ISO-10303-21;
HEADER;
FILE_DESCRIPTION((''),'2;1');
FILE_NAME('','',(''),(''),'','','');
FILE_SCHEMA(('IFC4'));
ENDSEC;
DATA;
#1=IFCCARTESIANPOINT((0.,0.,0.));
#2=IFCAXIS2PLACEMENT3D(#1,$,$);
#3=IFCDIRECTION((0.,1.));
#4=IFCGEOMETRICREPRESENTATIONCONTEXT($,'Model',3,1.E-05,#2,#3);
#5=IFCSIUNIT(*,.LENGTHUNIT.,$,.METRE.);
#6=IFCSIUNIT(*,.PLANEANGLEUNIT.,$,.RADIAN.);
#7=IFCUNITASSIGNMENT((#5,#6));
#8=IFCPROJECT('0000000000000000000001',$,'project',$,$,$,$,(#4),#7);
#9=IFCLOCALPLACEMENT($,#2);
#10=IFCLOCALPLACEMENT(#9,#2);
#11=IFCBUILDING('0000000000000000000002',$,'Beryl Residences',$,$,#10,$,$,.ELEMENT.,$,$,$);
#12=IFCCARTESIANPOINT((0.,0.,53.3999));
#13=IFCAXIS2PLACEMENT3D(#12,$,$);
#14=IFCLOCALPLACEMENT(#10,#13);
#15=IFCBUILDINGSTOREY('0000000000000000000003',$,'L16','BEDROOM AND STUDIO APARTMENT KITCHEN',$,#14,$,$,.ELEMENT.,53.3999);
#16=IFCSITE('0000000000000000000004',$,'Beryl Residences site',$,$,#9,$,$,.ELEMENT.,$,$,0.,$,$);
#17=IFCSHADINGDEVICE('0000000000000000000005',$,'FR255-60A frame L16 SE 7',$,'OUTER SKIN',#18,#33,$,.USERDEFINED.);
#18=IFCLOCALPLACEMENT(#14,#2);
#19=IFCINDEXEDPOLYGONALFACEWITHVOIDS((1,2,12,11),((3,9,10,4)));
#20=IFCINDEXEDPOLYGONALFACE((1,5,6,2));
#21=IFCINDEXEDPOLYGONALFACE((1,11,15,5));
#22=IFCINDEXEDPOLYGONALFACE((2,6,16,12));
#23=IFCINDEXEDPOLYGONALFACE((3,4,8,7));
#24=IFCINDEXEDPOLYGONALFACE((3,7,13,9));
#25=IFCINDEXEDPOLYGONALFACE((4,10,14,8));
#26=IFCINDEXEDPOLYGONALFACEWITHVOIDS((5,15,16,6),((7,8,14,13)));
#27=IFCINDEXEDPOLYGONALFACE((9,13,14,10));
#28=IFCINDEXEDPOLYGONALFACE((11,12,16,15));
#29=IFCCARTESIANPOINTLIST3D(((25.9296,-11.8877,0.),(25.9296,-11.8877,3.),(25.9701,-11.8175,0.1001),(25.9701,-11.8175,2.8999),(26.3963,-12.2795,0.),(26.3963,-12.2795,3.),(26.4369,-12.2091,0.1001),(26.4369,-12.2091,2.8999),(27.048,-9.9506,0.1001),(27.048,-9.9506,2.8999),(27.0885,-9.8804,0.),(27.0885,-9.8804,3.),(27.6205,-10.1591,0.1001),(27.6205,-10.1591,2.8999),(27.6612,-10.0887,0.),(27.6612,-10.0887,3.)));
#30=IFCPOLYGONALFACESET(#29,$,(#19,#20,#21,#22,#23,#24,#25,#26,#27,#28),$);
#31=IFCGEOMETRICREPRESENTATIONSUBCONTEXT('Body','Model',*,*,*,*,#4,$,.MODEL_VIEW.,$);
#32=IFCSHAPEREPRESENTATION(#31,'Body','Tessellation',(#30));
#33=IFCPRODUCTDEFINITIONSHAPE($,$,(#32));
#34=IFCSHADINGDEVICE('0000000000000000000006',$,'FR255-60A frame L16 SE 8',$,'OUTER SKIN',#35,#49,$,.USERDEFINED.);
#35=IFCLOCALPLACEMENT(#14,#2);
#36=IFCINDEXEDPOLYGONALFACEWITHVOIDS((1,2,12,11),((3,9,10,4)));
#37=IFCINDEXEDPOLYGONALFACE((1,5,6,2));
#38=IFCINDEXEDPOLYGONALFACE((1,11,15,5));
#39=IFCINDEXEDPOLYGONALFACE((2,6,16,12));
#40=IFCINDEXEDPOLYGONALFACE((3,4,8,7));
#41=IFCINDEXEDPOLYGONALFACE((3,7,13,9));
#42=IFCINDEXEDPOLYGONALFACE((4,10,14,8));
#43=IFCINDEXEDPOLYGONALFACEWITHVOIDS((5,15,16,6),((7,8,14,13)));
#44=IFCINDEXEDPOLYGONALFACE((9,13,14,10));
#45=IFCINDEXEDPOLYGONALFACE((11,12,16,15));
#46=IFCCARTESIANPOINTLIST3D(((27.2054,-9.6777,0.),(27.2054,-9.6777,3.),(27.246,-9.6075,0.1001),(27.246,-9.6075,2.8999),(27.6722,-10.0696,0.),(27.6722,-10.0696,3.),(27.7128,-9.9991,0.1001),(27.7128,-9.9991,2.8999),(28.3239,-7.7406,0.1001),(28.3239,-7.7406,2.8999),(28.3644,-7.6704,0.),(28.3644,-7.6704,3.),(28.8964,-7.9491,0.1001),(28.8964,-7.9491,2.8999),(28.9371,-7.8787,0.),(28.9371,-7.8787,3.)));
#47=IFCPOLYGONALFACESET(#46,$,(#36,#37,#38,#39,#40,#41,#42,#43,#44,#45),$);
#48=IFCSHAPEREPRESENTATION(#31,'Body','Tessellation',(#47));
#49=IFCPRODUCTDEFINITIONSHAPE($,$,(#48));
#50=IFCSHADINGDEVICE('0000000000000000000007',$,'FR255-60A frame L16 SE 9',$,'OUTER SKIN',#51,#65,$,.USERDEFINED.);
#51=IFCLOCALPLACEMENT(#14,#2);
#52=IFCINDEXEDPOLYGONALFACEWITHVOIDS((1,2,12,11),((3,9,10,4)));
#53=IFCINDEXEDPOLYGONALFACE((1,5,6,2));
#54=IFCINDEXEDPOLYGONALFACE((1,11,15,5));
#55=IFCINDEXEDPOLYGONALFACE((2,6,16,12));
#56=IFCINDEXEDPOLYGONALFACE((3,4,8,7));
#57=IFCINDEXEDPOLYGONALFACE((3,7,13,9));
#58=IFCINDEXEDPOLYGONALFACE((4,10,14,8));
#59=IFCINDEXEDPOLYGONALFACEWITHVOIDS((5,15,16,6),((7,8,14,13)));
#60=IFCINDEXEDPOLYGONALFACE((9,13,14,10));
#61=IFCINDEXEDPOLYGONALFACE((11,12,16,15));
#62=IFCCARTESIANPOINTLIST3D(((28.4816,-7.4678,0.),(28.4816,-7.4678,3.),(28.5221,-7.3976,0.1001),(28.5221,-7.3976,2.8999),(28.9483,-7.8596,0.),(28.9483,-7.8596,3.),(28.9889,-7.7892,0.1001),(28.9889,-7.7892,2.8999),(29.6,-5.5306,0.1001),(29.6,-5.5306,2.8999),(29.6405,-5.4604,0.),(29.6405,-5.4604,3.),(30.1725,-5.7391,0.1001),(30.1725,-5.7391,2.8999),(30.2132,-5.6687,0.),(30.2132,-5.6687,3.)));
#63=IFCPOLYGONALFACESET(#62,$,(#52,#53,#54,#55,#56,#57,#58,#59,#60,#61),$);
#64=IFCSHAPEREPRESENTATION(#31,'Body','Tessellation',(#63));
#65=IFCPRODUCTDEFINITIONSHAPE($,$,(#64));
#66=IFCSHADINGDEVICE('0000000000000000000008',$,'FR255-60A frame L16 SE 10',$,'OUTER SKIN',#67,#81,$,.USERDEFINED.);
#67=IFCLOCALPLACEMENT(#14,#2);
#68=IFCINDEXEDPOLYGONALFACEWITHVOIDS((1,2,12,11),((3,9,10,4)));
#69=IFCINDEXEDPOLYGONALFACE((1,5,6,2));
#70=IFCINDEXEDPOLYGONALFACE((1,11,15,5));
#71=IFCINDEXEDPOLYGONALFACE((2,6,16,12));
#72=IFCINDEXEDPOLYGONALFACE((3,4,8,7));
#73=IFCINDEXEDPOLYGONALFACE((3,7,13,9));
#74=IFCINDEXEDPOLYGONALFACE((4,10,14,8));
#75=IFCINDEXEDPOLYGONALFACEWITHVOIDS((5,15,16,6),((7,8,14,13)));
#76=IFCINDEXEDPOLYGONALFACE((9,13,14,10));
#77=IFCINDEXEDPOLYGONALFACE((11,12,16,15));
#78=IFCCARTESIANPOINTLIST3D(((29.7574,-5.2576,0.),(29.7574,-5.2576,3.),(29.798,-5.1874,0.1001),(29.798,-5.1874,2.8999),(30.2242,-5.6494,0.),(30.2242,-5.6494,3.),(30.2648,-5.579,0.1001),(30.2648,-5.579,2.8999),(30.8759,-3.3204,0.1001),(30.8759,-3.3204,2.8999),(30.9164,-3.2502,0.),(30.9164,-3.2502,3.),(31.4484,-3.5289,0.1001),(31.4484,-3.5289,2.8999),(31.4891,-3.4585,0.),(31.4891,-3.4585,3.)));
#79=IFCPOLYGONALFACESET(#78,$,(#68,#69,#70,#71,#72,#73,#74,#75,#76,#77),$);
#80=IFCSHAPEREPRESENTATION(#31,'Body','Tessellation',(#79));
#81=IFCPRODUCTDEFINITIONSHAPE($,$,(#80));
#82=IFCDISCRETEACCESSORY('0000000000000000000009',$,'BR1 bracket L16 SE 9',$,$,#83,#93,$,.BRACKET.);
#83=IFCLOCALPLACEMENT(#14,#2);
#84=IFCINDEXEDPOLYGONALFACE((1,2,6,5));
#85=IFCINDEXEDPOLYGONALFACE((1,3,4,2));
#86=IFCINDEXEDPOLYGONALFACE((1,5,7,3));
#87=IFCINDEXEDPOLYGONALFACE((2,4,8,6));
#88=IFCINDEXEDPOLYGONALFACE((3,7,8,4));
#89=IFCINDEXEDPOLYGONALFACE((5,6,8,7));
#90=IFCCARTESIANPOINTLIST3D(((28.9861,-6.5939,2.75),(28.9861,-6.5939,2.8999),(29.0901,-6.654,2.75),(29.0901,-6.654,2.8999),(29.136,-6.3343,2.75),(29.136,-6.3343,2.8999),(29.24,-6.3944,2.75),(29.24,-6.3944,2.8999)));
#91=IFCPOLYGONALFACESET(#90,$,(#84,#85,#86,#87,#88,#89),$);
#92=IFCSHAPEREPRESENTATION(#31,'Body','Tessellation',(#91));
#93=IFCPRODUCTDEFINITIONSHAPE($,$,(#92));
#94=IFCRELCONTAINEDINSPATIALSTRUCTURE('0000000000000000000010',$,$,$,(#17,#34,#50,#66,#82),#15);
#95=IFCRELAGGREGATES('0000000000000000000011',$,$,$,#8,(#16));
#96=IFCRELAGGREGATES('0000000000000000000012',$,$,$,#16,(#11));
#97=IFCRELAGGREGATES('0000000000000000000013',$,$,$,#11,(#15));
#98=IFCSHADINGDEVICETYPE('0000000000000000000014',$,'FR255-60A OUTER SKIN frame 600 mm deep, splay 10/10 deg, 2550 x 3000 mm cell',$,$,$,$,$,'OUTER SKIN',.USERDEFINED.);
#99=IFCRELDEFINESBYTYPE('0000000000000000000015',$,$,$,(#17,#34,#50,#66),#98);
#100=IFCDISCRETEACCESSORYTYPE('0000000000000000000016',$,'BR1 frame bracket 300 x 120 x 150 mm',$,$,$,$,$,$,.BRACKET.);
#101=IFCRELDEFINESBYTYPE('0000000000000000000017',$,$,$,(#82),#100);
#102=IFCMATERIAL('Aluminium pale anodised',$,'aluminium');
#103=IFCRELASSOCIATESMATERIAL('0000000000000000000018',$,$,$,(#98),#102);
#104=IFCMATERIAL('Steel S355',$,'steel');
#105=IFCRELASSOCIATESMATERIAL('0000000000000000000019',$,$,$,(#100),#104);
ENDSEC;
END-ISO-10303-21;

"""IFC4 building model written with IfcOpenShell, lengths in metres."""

from ifc_helpers import new_model, entity, si_unit, direction, frame, origin, place, context, subcontext, project, spatial, polyline, outline, extrude, source, transform, mapped, material, type_object, type_shapes, element, save


model = new_model("IFC4")

# Units and contexts
model_context = context("Model", 3, precision=1e-05, world=origin(), true_north=direction((0.0, 1.0)))
body_context = subcontext(model_context, "Body", "Model", "MODEL_VIEW")
ifc_project = project(units=[si_unit("LENGTHUNIT", "METRE"), si_unit("PLANEANGLEUNIT", "RADIAN")], contexts=[model_context])

# Site, building, storey
site_placement = place(None, origin())
site = spatial("IfcSite", under=ifc_project, at=site_placement, Name="Beryl Residences site", CompositionType="ELEMENT", RefElevation=0.0)
building_placement = place(site_placement, origin())
building = spatial("IfcBuilding", under=site, at=building_placement, Name="Beryl Residences", CompositionType="ELEMENT")
storey_placement = place(building_placement, frame((0.0, 0.0, 53.3999)))
storey = spatial("IfcBuildingStorey", under=building, at=storey_placement, Name="L16", Description="BEDROOM AND STUDIO APARTMENT KITCHEN", CompositionType="ELEMENT", Elevation=53.3999)

# Shading devices
ifc_material_1 = material(Name="Aluminium pale anodised", Category="aluminium")
shading_device_type = type_object("IfcShadingDeviceType", Name="FR255-60A OUTER SKIN frame 600 mm deep, splay 10/10 deg, 2550 x 3000 mm cell", ElementType="OUTER SKIN", PredefinedType="USERDEFINED", material=ifc_material_1)
cartesian_point_1 = entity("IfcCartesianPoint", [-1.1589, 0.0])
cartesian_point_2 = entity("IfcCartesianPoint", [-1.0779, 0.1001])
cartesian_point_3 = entity("IfcCartesianPoint", [-1.2649, 0.0])
cartesian_point_4 = entity("IfcCartesianPoint", [-1.1836, 0.1001])
shared_shape_1 = source(origin(), body_context, "Body", "SweptSolid", [
    entity("IfcExtrudedAreaSolidTapered", entity("IfcArbitraryProfileDefWithVoids", "AREA", None, entity("IfcPolyline", [cartesian_point_1, entity("IfcCartesianPoint", [1.1589, 0.0]), entity("IfcCartesianPoint", [1.1589, 3.0]), entity("IfcCartesianPoint", [-1.1589, 3.0]), cartesian_point_1]), [entity("IfcPolyline", [cartesian_point_2, entity("IfcCartesianPoint", [1.0779, 0.1001]), entity("IfcCartesianPoint", [1.0779, 2.8999]), entity("IfcCartesianPoint", [-1.0779, 2.8999]), cartesian_point_2])]), entity("IfcAxis2Placement3D", entity("IfcCartesianPoint", [0.0, 0.0, 0.0]), entity("IfcDirection", [0.0, 1.0, 0.0]), entity("IfcDirection", [-1.0, 0.0, 0.0])), entity("IfcDirection", [0.0, 0.0, 1.0]), 0.6001, entity("IfcArbitraryProfileDefWithVoids", "AREA", None, entity("IfcPolyline", [cartesian_point_3, entity("IfcCartesianPoint", [1.2649, 0.0]), entity("IfcCartesianPoint", [1.2649, 3.0]), entity("IfcCartesianPoint", [-1.2649, 3.0]), cartesian_point_3]), [entity("IfcPolyline", [cartesian_point_4, entity("IfcCartesianPoint", [1.1836, 0.1001]), entity("IfcCartesianPoint", [1.1836, 2.8999]), entity("IfcCartesianPoint", [-1.1836, 2.8999]), cartesian_point_4])])),
])
type_shapes(shading_device_type, [shared_shape_1])
for number, where, z_axis, x_axis, name in (
    (1, (26.509, -10.884, 0.0), (0.0, 0.0, 1.0), (-0.5, -0.866025, 0.0), "FR255-60A frame L16 SE 7"),
    (2, (27.7849, -8.6741, 0.0), (0.0, 0.0, 1.0), (-0.5, -0.866025, 0.0), "FR255-60A frame L16 SE 8"),
    (3, (29.061, -6.4641, 0.0), (0.0, 0.0, 1.0), (-0.5, -0.866025, 0.0), "FR255-60A frame L16 SE 9"),
    (4, (30.3369, -4.2539, 0.0), (0.0, 0.0, 1.0), (-0.5, -0.866025, 0.0), "FR255-60A frame L16 SE 10"),
):
    element("IfcShadingDevice", number, at=place(storey_placement, frame(where, z_axis=z_axis, x_axis=x_axis)), inside=storey, type_object=shading_device_type, Name=name, ObjectType="OUTER SKIN", PredefinedType="USERDEFINED", context=body_context, shape_type="MappedRepresentation", body=[
        mapped(shared_shape_1, transform((0.0, 0.0, 0.0))),
    ])

# Discrete accessory
ifc_material_2 = material(Name="Steel S355", Category="steel")
discrete_accessory_type = type_object("IfcDiscreteAccessoryType", Name="BR1 frame bracket 300 x 120 x 150 mm", PredefinedType="BRACKET", material=ifc_material_2)
shared_shape_2 = source(origin(), body_context, "Body", "SweptSolid", [
    extrude(outline(polyline([(-0.1499, 0.0), (0.1499, 0.0), (0.1499, 0.1201), (-0.1499, 0.1201), (-0.1499, 0.0)])), origin(), (0.0, 0.0, 1.0), 0.1499),
])
type_shapes(discrete_accessory_type, [shared_shape_2])
discrete_accessory_placement = place(storey_placement, frame((29.061, -6.4641, 2.75), z_axis=(0.0, 0.0, 1.0), x_axis=(-0.5, -0.866025, 0.0)))
element("IfcDiscreteAccessory", 5, at=discrete_accessory_placement, inside=storey, type_object=discrete_accessory_type, Name="BR1 bracket L16 SE 9", PredefinedType="BRACKET", context=body_context, shape_type="MappedRepresentation", body=[
    mapped(shared_shape_2, transform((0.0, 0.0, 0.0))),
])

save(model, "model.ifc")
